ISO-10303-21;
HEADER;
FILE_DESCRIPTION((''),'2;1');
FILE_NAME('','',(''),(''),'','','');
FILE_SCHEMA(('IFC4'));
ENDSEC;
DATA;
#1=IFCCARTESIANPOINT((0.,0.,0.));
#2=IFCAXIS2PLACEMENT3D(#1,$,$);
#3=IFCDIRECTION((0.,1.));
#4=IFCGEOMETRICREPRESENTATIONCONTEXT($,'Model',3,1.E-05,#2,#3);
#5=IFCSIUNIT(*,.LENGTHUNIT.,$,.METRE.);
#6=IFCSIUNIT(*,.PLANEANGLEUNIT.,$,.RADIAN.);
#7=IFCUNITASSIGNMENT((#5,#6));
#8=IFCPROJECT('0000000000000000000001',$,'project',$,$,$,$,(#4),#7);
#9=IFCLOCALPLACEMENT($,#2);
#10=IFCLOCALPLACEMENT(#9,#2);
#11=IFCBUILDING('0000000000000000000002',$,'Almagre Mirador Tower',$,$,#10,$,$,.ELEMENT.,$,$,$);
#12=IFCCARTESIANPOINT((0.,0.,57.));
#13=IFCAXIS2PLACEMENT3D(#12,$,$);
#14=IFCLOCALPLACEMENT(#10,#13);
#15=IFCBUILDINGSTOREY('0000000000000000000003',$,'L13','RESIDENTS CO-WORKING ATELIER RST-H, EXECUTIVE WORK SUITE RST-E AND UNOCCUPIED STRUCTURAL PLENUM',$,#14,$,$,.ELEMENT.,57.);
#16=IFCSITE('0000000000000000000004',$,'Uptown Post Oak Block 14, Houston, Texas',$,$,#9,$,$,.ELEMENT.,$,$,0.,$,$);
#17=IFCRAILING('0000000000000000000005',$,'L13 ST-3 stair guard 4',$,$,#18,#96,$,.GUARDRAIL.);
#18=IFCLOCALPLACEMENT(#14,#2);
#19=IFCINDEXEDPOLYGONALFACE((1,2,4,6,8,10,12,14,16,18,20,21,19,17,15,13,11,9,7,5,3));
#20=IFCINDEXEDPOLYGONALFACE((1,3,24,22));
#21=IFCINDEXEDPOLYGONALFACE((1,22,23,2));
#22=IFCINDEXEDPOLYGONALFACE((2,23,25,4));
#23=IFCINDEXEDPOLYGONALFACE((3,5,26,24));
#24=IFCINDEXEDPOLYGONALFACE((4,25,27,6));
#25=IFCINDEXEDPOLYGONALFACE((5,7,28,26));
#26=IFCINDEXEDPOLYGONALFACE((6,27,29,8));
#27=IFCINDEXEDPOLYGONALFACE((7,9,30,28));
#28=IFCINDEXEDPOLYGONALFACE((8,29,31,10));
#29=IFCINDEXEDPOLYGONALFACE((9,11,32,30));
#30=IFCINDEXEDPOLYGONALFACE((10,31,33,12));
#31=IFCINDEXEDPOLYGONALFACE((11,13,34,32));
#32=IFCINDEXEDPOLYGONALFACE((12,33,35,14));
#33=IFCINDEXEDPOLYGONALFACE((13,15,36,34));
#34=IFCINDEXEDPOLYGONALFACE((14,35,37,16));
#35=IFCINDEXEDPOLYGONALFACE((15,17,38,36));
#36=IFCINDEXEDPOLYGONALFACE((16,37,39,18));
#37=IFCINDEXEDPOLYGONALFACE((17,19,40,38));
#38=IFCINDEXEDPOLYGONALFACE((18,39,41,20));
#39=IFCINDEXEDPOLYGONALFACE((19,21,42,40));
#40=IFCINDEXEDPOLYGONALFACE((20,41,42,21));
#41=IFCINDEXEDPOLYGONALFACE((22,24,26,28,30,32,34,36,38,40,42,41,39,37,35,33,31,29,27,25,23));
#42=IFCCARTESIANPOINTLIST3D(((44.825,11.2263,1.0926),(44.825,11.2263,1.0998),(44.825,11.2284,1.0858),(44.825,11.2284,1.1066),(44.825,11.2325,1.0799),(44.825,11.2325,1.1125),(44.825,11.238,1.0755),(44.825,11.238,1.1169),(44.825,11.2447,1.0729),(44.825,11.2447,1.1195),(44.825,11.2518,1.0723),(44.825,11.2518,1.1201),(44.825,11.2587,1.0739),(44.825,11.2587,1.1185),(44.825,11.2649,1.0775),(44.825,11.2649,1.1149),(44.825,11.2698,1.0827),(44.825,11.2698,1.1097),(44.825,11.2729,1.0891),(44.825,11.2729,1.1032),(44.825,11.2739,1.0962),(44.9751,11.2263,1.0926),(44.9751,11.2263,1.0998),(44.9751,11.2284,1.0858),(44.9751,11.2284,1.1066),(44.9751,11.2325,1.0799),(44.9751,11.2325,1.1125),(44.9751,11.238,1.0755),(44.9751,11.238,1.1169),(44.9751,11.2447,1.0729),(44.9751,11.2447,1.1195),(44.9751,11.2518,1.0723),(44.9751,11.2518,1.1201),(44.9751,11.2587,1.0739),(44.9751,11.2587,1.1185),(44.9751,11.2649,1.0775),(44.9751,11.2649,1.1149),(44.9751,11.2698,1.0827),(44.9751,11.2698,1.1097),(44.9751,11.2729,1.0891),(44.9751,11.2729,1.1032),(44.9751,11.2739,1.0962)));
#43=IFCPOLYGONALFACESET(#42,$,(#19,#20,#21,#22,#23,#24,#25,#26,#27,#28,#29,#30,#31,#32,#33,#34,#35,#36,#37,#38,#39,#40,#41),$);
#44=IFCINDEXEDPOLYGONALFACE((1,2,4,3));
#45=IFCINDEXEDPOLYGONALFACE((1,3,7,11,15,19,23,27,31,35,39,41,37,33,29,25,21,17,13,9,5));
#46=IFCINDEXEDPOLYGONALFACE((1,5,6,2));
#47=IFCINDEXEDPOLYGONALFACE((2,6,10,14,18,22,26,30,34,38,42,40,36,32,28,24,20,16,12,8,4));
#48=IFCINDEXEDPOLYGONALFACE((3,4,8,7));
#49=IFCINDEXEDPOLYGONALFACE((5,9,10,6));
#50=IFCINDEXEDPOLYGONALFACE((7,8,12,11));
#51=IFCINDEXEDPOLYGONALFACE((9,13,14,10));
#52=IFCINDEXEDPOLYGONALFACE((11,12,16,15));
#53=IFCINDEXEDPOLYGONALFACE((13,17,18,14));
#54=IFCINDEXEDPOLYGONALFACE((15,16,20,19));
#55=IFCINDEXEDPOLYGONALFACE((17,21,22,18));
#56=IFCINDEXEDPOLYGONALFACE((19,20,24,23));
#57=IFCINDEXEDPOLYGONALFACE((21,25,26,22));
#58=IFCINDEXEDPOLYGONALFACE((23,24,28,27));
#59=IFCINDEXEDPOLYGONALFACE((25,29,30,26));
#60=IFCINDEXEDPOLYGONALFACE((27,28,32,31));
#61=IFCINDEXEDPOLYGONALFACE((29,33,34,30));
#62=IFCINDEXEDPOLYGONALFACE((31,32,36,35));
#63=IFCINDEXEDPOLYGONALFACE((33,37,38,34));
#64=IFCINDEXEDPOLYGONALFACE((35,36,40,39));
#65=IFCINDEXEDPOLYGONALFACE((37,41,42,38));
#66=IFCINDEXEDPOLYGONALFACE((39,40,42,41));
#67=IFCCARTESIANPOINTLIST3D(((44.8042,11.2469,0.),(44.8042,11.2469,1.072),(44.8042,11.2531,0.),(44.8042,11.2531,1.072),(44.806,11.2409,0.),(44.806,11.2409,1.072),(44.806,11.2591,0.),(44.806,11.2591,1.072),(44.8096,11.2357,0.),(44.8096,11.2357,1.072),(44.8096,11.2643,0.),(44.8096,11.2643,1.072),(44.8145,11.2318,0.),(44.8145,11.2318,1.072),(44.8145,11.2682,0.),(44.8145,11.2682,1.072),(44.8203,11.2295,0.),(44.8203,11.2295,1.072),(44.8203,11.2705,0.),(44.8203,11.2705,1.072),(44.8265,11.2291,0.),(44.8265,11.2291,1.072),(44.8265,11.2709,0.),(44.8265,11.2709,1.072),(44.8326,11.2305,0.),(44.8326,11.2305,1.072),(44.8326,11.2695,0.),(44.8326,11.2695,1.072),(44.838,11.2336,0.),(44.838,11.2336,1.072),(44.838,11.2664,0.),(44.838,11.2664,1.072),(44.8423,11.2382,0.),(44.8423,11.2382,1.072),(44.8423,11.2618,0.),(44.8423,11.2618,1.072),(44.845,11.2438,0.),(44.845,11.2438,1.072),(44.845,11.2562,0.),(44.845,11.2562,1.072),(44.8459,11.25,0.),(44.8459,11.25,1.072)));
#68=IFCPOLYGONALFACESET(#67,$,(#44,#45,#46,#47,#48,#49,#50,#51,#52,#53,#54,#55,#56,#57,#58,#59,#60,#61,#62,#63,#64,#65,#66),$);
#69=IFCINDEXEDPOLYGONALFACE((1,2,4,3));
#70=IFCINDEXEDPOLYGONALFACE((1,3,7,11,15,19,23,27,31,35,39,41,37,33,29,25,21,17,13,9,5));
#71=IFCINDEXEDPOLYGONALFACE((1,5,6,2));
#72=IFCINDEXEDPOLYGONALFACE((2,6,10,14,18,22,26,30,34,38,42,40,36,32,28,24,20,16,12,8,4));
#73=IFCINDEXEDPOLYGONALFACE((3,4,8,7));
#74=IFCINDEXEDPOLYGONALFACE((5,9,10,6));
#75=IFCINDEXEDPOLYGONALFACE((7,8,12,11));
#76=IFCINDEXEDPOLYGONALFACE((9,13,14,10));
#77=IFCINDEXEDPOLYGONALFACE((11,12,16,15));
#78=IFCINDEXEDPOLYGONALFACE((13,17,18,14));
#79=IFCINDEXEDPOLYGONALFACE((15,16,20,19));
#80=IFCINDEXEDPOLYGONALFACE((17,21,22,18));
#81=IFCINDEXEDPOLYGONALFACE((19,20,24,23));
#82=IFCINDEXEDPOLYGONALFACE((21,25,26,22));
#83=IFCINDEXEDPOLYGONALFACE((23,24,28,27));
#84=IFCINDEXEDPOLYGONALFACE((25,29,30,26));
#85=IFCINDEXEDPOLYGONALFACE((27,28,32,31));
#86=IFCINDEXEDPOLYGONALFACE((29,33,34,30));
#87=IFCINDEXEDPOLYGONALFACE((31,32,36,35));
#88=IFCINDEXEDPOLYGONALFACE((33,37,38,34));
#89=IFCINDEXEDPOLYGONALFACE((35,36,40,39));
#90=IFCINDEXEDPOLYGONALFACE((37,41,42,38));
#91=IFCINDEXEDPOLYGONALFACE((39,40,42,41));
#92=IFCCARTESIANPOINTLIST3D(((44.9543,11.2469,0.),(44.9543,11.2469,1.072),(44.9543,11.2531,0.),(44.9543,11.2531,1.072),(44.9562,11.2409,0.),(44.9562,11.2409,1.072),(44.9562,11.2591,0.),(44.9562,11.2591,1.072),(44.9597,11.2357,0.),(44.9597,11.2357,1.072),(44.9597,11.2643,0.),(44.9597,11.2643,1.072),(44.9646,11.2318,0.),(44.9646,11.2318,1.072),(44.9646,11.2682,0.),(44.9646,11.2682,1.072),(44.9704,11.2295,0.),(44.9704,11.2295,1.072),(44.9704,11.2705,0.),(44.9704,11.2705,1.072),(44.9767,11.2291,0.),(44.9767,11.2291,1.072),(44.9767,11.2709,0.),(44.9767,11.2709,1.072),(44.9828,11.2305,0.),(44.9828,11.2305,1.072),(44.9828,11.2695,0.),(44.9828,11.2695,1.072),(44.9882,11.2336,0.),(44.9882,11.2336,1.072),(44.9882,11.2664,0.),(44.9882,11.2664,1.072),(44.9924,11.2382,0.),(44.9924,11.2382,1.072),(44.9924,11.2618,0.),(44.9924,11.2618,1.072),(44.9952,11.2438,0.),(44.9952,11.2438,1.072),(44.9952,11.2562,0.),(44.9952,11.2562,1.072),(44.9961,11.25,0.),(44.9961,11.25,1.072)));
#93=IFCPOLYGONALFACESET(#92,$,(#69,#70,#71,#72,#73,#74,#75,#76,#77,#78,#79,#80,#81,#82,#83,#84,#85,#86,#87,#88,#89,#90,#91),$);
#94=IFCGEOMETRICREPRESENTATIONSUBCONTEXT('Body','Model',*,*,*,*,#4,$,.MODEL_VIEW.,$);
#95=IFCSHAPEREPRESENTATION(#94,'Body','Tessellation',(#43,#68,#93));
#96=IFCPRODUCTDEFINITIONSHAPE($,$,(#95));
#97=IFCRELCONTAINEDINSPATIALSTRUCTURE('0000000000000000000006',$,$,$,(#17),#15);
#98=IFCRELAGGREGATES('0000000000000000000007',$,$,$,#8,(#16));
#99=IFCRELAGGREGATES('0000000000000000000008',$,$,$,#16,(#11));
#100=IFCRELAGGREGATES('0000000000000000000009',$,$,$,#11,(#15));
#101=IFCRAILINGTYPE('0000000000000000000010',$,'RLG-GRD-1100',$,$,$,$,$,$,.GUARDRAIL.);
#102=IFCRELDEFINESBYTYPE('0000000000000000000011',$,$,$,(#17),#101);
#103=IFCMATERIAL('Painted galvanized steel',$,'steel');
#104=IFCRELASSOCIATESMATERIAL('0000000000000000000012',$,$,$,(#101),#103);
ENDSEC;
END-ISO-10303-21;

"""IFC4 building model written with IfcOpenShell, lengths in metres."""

from ifc_helpers import new_model, si_unit, direction, frame, origin, origin_2d, place, context, subcontext, project, spatial, circle, extrude, material, type_object, element, save


model = new_model("IFC4")

# Units and contexts
model_context = context("Model", 3, precision=1e-05, world=origin(), true_north=direction((0.0, 1.0)))
body_context = subcontext(model_context, "Body", "Model", "MODEL_VIEW")
ifc_project = project(units=[si_unit("LENGTHUNIT", "METRE"), si_unit("PLANEANGLEUNIT", "RADIAN")], contexts=[model_context])

# Site, building, storey
site_placement = place(None, origin())
site = spatial("IfcSite", under=ifc_project, at=site_placement, Name="Uptown Post Oak Block 14, Houston, Texas", CompositionType="ELEMENT", RefElevation=0.0)
building_placement = place(site_placement, origin())
building = spatial("IfcBuilding", under=site, at=building_placement, Name="Almagre Mirador Tower", CompositionType="ELEMENT")
storey_placement = place(building_placement, frame((0.0, 0.0, 57.0)))
storey = spatial("IfcBuildingStorey", under=building, at=storey_placement, Name="L13", Description="RESIDENTS CO-WORKING ATELIER RST-H, EXECUTIVE WORK SUITE RST-E AND UNOCCUPIED STRUCTURAL PLENUM", CompositionType="ELEMENT", Elevation=57.0)

# Railing
ifc_material_1 = material(Name="Painted galvanized steel", Category="steel")
railing_type_1 = type_object("IfcRailingType", Name="RLG-GRD-1100", PredefinedType="GUARDRAIL", material=ifc_material_1)
railing_1_placement = place(storey_placement, frame((44.825, 11.25, 0.0)))
element("IfcRailing", 1, at=railing_1_placement, inside=storey, type_object=railing_type_1, Name="L13 ST-3 stair guard 4", PredefinedType="GUARDRAIL", context=body_context, shape_type="SweptSolid", body=[
    extrude(circle(Radius=0.0239, at=origin_2d()), frame((0.0, 0.0, 1.0962), z_axis=(1.0, 0.0, 0.0), x_axis=(0.0, 1.0, 0.0)), (0.0, 0.0, 1.0), 0.1501),
    extrude(circle(Radius=0.021, at=origin_2d()), origin(), (0.0, 0.0, 1.0), 1.072),
    extrude(circle(Radius=0.021, at=origin_2d()), frame((0.1501, 0.0, 0.0)), (0.0, 0.0, 1.0), 1.072),
])

save(model, "model.ifc")
